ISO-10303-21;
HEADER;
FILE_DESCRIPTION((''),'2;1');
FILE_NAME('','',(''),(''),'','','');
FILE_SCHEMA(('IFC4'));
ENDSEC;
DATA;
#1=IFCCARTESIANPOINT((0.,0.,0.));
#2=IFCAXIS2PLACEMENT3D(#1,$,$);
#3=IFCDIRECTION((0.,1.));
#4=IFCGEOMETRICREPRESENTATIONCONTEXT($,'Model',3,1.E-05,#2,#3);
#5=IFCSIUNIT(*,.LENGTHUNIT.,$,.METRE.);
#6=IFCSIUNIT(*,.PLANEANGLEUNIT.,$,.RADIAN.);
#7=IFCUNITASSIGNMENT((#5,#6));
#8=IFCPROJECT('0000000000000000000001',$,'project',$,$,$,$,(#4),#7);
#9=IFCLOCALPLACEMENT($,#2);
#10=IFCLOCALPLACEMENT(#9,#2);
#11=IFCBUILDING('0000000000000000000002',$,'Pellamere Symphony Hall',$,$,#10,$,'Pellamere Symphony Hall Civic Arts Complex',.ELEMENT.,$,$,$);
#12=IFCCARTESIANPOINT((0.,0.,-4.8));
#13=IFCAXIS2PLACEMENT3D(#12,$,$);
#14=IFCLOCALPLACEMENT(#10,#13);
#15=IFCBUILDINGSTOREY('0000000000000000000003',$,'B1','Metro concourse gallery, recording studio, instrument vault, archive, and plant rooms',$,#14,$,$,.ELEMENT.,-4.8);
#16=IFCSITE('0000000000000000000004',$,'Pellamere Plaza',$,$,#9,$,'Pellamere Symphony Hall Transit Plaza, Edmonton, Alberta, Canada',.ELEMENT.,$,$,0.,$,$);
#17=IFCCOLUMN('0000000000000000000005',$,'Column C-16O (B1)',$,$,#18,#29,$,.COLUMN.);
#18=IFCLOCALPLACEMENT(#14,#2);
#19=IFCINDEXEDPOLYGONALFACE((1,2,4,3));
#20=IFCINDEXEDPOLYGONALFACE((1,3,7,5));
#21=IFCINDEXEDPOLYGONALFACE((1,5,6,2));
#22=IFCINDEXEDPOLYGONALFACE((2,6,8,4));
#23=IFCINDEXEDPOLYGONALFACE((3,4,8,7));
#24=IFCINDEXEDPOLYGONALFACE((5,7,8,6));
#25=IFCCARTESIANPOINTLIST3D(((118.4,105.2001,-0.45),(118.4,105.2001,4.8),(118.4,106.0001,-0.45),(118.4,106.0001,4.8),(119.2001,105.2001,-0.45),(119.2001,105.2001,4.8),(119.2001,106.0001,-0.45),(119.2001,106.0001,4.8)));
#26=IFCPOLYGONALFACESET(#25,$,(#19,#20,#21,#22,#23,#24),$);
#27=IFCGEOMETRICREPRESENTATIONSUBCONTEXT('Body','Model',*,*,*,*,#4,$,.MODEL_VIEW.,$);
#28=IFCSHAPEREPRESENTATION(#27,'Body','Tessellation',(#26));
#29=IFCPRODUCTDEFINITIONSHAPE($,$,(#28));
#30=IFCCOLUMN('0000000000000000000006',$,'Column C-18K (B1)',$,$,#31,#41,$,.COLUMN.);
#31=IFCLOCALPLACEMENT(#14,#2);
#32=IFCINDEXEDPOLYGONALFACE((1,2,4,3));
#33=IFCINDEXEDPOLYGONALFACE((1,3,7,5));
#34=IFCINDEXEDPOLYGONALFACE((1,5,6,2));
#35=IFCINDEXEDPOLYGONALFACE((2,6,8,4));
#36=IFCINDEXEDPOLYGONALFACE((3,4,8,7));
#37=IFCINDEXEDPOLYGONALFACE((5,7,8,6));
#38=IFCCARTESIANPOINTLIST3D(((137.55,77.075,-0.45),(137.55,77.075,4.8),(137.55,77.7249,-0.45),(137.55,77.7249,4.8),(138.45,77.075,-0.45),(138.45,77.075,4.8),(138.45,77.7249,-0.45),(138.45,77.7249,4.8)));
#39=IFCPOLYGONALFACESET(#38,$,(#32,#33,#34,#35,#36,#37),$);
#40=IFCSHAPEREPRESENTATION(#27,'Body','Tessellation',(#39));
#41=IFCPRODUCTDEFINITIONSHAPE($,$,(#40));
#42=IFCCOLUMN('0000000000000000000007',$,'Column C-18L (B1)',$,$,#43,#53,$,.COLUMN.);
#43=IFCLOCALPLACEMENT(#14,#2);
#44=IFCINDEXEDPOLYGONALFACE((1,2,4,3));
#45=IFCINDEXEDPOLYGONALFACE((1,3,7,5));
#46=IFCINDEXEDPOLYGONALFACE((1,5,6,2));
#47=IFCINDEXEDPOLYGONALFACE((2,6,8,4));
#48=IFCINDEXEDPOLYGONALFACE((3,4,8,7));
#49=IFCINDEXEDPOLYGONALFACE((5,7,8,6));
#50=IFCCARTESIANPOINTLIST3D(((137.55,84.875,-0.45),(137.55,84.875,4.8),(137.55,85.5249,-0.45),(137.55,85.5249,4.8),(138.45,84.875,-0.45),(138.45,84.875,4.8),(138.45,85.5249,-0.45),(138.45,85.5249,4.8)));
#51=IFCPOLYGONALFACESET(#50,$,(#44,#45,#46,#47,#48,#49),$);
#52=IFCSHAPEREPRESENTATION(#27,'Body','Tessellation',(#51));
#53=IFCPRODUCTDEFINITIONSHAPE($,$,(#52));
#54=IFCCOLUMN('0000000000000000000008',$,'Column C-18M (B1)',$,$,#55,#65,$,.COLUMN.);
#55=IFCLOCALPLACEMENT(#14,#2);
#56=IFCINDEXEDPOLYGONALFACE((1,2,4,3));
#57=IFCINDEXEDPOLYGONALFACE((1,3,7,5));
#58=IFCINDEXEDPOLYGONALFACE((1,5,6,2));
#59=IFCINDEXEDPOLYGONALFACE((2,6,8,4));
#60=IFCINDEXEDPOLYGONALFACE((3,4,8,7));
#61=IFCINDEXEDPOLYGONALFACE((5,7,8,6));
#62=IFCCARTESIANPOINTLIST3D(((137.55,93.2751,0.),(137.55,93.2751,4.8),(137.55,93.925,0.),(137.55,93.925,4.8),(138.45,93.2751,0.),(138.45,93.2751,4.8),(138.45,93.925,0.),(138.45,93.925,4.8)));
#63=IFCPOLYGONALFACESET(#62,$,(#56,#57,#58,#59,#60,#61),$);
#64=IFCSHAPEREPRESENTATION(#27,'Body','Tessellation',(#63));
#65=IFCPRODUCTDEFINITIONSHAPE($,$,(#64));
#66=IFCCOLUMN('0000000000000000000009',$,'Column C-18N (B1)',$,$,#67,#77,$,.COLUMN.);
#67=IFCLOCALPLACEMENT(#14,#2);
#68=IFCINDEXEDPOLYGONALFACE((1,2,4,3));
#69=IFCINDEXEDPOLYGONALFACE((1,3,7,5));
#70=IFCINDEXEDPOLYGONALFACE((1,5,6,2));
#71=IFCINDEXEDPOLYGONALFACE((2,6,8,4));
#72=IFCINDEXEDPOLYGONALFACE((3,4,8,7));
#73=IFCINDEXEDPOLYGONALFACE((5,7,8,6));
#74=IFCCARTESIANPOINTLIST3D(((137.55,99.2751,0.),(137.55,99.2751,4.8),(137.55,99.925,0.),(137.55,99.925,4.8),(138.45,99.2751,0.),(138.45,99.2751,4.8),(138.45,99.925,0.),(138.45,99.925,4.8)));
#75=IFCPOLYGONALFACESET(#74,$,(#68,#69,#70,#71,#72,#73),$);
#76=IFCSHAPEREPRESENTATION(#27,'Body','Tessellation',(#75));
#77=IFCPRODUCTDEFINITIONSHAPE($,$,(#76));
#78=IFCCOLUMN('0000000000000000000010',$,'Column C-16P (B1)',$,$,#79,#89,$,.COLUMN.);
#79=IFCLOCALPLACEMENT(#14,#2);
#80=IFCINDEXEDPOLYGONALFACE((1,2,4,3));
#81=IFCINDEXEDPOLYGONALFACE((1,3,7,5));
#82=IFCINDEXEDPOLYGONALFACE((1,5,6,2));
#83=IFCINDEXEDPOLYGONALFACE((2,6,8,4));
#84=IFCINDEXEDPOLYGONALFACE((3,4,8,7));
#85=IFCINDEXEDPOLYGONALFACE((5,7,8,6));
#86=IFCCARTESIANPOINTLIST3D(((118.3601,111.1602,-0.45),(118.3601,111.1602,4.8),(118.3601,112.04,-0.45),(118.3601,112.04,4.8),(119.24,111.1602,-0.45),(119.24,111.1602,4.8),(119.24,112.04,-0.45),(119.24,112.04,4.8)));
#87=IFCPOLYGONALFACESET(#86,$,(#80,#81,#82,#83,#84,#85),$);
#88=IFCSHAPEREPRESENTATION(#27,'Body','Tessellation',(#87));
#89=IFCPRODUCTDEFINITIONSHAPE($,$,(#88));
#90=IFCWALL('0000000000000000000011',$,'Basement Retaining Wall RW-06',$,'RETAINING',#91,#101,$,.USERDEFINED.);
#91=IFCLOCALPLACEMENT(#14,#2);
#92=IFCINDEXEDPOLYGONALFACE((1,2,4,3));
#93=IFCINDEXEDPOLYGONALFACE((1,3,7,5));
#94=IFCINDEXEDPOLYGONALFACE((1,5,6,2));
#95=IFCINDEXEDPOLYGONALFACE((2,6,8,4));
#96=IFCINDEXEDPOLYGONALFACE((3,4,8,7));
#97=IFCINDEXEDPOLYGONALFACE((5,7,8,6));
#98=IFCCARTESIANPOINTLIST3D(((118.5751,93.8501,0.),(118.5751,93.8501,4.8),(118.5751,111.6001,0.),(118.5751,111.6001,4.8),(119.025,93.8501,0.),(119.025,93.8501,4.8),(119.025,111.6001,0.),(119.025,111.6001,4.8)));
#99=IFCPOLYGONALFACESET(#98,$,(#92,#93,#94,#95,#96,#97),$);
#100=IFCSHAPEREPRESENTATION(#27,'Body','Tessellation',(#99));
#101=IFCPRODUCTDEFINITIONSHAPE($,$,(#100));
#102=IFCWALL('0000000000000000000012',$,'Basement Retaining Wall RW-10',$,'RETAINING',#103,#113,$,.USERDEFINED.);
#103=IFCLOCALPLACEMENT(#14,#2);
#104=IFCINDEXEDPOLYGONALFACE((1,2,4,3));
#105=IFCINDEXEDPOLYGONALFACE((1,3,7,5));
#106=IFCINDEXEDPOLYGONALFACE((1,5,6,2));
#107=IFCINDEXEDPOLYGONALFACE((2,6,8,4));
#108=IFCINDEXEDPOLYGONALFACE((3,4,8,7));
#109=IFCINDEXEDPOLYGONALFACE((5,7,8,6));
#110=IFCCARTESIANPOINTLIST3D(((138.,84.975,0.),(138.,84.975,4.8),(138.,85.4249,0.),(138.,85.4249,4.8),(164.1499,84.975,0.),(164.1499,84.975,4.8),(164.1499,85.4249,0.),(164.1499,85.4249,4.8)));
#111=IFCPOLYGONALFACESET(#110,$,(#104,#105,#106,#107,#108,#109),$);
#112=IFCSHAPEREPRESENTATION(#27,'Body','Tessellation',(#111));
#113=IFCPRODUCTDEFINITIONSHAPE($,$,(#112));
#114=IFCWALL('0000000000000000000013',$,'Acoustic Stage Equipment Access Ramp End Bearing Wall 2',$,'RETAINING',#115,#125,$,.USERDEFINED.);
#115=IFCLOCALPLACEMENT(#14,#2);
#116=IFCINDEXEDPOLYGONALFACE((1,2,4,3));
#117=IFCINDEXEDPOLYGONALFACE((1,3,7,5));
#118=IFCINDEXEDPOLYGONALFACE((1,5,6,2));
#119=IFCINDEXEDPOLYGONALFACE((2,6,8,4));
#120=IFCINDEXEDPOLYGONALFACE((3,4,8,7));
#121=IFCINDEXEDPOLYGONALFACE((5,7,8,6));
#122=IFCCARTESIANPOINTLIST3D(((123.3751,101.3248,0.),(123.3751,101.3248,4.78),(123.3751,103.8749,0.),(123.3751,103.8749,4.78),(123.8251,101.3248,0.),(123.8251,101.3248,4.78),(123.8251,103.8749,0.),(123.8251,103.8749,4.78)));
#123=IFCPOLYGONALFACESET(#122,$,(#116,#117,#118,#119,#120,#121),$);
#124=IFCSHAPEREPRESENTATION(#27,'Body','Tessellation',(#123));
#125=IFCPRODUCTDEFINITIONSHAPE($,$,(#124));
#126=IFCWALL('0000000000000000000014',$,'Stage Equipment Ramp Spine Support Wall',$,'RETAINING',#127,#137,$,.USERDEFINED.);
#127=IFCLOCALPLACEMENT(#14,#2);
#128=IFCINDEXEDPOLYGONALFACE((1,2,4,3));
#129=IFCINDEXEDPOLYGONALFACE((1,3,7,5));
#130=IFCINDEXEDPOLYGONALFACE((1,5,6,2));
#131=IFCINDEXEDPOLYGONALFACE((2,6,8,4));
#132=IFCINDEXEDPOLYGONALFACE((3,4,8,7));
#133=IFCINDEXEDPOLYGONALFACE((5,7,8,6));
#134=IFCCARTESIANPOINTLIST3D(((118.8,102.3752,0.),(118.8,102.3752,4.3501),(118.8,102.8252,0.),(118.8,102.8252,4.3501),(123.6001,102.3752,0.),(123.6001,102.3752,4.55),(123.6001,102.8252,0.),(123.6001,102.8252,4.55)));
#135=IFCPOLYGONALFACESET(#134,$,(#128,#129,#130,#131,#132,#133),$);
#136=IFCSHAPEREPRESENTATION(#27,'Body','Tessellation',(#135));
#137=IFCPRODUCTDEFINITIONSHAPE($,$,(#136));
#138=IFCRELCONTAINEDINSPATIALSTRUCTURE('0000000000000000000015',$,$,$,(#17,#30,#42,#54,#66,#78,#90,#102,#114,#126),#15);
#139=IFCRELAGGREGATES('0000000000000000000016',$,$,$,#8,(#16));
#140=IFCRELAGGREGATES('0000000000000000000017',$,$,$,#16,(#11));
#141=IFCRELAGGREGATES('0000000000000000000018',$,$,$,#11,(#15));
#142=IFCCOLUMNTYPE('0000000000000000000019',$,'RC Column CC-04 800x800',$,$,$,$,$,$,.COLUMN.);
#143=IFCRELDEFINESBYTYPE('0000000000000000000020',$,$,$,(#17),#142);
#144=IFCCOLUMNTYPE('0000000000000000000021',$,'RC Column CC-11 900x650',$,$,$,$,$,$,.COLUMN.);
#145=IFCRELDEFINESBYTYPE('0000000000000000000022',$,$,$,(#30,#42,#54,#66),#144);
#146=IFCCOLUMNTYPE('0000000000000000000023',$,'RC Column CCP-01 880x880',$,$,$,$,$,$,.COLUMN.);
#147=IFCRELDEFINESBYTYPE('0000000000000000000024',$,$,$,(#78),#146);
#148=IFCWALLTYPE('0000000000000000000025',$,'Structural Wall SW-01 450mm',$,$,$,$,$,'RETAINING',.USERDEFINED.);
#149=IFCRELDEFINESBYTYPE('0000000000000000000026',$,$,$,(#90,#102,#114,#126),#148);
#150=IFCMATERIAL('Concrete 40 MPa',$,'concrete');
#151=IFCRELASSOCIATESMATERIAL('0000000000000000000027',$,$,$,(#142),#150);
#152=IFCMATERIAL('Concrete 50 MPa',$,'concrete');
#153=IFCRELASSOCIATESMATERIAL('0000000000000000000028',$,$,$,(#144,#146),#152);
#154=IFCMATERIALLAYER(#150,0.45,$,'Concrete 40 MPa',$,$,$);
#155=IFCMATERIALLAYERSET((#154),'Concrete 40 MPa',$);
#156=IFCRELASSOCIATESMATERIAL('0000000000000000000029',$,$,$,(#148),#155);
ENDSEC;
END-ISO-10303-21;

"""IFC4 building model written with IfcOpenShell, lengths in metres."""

from ifc_helpers import new_model, si_unit, direction, frame, frame_2d, origin, origin_2d, place, context, subcontext, project, spatial, polyline, rectangle, outline, extrude, material, layer, layer_set, material_profile, profile_set, type_object, element, save


model = new_model("IFC4")

# Units and contexts
model_context = context("Model", 3, precision=1e-05, world=origin(), true_north=direction((0.0, 1.0)))
body_context = subcontext(model_context, "Body", "Model", "MODEL_VIEW")
ifc_project = project(units=[si_unit("LENGTHUNIT", "METRE"), si_unit("PLANEANGLEUNIT", "RADIAN")], contexts=[model_context])

# Site, building, storey
site_placement = place(None, origin())
site = spatial("IfcSite", under=ifc_project, at=site_placement, Name="Pellamere Plaza", LongName="Pellamere Symphony Hall Transit Plaza, Edmonton, Alberta, Canada", CompositionType="ELEMENT", RefElevation=0.0)
building_placement = place(site_placement, origin())
building = spatial("IfcBuilding", under=site, at=building_placement, Name="Pellamere Symphony Hall", LongName="Pellamere Symphony Hall Civic Arts Complex", CompositionType="ELEMENT")
storey_placement = place(building_placement, frame((0.0, 0.0, -4.8)))
storey = spatial("IfcBuildingStorey", under=building, at=storey_placement, Name="B1", Description="Metro concourse gallery, recording studio, instrument vault, archive, and plant rooms", CompositionType="ELEMENT", Elevation=-4.8)

# Shared definitions
ifc_material_1 = material(Name="Concrete 40 MPa", Category="concrete")

# Columns
ifc_material_profile_1 = material_profile(ifc_material_1, rectangle(XDim=0.8, YDim=0.8, at=origin_2d()), Name="RC 800x800")
ifc_profile_set_1 = profile_set([ifc_material_profile_1], Name="Concrete 40 MPa")
column_type_1 = type_object("IfcColumnType", Name="RC Column CC-04 800x800", PredefinedType="COLUMN", material=ifc_profile_set_1)
for number, where, z_axis, x_axis, name in (
    (1, (118.8, 105.6001, -0.45), (0.0, 0.0, 1.0), (1.0, 0.0, 0.0), "Column C-16O (B1)"),
):
    element("IfcColumn", number, at=place(storey_placement, frame(where, z_axis=z_axis, x_axis=x_axis)), inside=storey, type_object=column_type_1, Name=name, PredefinedType="COLUMN", context=body_context, shape_type="SweptSolid", body=[
        extrude(rectangle(XDim=0.8, YDim=0.8, at=origin_2d()), origin(), (0.0, 0.0, 1.0), 5.25),
    ])
ifc_material_2 = material(Name="Concrete 50 MPa", Category="concrete")
ifc_material_profile_2 = material_profile(ifc_material_2, rectangle(XDim=0.8999, YDim=0.6499, at=origin_2d()), Name="RC 900x650")
ifc_profile_set_2 = profile_set([ifc_material_profile_2], Name="Concrete 50 MPa")
column_type_2 = type_object("IfcColumnType", Name="RC Column CC-11 900x650", PredefinedType="COLUMN", material=ifc_profile_set_2)
for number, where, z_axis, x_axis, name in (
    (2, (138.0, 77.3999, -0.45), (0.0, 0.0, 1.0), (1.0, 0.0, 0.0), "Column C-18K (B1)"),
    (3, (138.0, 85.2, -0.45), (0.0, 0.0, 1.0), (1.0, 0.0, 0.0), "Column C-18L (B1)"),
):
    element("IfcColumn", number, at=place(storey_placement, frame(where, z_axis=z_axis, x_axis=x_axis)), inside=storey, type_object=column_type_2, Name=name, PredefinedType="COLUMN", context=body_context, shape_type="SweptSolid", body=[
        extrude(rectangle(XDim=0.8999, YDim=0.6499, at=origin_2d()), origin(), (0.0, 0.0, 1.0), 5.25),
    ])
for number, where, z_axis, x_axis, name in (
    (4, (138.0, 93.6001, 0.0), (0.0, 0.0, 1.0), (1.0, 0.0, 0.0), "Column C-18M (B1)"),
    (5, (138.0, 99.6001, 0.0), (0.0, 0.0, 1.0), (1.0, 0.0, 0.0), "Column C-18N (B1)"),
):
    element("IfcColumn", number, at=place(storey_placement, frame(where, z_axis=z_axis, x_axis=x_axis)), inside=storey, type_object=column_type_2, Name=name, PredefinedType="COLUMN", context=body_context, shape_type="SweptSolid", body=[
        extrude(rectangle(XDim=0.8999, YDim=0.6499, at=origin_2d()), origin(), (0.0, 0.0, 1.0), 4.8),
    ])
ifc_material_profile_3 = material_profile(ifc_material_2, rectangle(XDim=0.8799, YDim=0.8799, at=origin_2d()), Name="RC 880x880")
ifc_profile_set_3 = profile_set([ifc_material_profile_3], Name="Concrete 50 MPa")
column_type_3 = type_object("IfcColumnType", Name="RC Column CCP-01 880x880", PredefinedType="COLUMN", material=ifc_profile_set_3)
column_placement = place(storey_placement, frame((118.8, 111.6001, -0.45), z_axis=(0.0, 0.0, 1.0), x_axis=(1.0, 0.0, 0.0)))
element("IfcColumn", 6, at=column_placement, inside=storey, type_object=column_type_3, Name="Column C-16P (B1)", PredefinedType="COLUMN", context=body_context, shape_type="SweptSolid", body=[
    extrude(rectangle(XDim=0.8799, YDim=0.8799, at=origin_2d()), origin(), (0.0, 0.0, 1.0), 5.25),
])

# Walls
ifc_layer = layer(ifc_material_1, 0.45, Name="Concrete 40 MPa")
ifc_layer_set = layer_set([ifc_layer], Name="Concrete 40 MPa")
wall_type = type_object("IfcWallType", Name="Structural Wall SW-01 450mm", ElementType="RETAINING", PredefinedType="USERDEFINED", material=ifc_layer_set)
wall_1_placement = place(storey_placement, frame((118.8, 111.6001, 0.0), z_axis=(0.0, 0.0, 1.0), x_axis=(0.0, -1.0, 0.0)))
element("IfcWall", 7, at=wall_1_placement, inside=storey, type_object=wall_type, Name="Basement Retaining Wall RW-06", ObjectType="RETAINING", PredefinedType="USERDEFINED", context=body_context, shape_type="SweptSolid", body=[
    extrude(rectangle(XDim=17.75, YDim=0.45, at=frame_2d((8.875, 0.0))), origin(), (0.0, 0.0, 1.0), 4.8),
])
wall_2_placement = place(storey_placement, frame((138.0, 85.2, 0.0), z_axis=(0.0, 0.0, 1.0), x_axis=(1.0, 0.0, 0.0)))
element("IfcWall", 8, at=wall_2_placement, inside=storey, type_object=wall_type, Name="Basement Retaining Wall RW-10", ObjectType="RETAINING", PredefinedType="USERDEFINED", context=body_context, shape_type="SweptSolid", body=[
    extrude(rectangle(XDim=26.1499, YDim=0.45, at=frame_2d((13.075, 0.0))), origin(), (0.0, 0.0, 1.0), 4.8),
])
wall_3_placement = place(storey_placement, frame((123.6001, 101.325, 0.0), z_axis=(0.0, 0.0, 1.0), x_axis=(0.0, 1.0, 0.0)))
element("IfcWall", 9, at=wall_3_placement, inside=storey, type_object=wall_type, Name="Acoustic Stage Equipment Access Ramp End Bearing Wall 2", ObjectType="RETAINING", PredefinedType="USERDEFINED", context=body_context, shape_type="SweptSolid", body=[
    extrude(rectangle(XDim=2.55, YDim=0.45, at=frame_2d((1.2749, 0.0))), origin(), (0.0, 0.0, 1.0), 4.78),
])
wall_4_placement = place(storey_placement, frame((118.8, 102.6001, 0.0), z_axis=(0.0, 0.0, 1.0), x_axis=(1.0, 0.0, 0.0)))
element("IfcWall", 10, at=wall_4_placement, inside=storey, type_object=wall_type, Name="Stage Equipment Ramp Spine Support Wall", ObjectType="RETAINING", PredefinedType="USERDEFINED", context=body_context, shape_type="SweptSolid", body=[
    extrude(outline(polyline([(0.0, 0.0), (4.8, 0.0), (4.8, 4.55), (0.0, 4.3501), (0.0, 0.0)])), frame((0.0, 0.2251, 0.0), z_axis=(0.0, -1.0, 0.0), x_axis=(1.0, 0.0, 0.0)), (0.0, 0.0, 1.0), 0.45),
])

save(model, "model.ifc")
